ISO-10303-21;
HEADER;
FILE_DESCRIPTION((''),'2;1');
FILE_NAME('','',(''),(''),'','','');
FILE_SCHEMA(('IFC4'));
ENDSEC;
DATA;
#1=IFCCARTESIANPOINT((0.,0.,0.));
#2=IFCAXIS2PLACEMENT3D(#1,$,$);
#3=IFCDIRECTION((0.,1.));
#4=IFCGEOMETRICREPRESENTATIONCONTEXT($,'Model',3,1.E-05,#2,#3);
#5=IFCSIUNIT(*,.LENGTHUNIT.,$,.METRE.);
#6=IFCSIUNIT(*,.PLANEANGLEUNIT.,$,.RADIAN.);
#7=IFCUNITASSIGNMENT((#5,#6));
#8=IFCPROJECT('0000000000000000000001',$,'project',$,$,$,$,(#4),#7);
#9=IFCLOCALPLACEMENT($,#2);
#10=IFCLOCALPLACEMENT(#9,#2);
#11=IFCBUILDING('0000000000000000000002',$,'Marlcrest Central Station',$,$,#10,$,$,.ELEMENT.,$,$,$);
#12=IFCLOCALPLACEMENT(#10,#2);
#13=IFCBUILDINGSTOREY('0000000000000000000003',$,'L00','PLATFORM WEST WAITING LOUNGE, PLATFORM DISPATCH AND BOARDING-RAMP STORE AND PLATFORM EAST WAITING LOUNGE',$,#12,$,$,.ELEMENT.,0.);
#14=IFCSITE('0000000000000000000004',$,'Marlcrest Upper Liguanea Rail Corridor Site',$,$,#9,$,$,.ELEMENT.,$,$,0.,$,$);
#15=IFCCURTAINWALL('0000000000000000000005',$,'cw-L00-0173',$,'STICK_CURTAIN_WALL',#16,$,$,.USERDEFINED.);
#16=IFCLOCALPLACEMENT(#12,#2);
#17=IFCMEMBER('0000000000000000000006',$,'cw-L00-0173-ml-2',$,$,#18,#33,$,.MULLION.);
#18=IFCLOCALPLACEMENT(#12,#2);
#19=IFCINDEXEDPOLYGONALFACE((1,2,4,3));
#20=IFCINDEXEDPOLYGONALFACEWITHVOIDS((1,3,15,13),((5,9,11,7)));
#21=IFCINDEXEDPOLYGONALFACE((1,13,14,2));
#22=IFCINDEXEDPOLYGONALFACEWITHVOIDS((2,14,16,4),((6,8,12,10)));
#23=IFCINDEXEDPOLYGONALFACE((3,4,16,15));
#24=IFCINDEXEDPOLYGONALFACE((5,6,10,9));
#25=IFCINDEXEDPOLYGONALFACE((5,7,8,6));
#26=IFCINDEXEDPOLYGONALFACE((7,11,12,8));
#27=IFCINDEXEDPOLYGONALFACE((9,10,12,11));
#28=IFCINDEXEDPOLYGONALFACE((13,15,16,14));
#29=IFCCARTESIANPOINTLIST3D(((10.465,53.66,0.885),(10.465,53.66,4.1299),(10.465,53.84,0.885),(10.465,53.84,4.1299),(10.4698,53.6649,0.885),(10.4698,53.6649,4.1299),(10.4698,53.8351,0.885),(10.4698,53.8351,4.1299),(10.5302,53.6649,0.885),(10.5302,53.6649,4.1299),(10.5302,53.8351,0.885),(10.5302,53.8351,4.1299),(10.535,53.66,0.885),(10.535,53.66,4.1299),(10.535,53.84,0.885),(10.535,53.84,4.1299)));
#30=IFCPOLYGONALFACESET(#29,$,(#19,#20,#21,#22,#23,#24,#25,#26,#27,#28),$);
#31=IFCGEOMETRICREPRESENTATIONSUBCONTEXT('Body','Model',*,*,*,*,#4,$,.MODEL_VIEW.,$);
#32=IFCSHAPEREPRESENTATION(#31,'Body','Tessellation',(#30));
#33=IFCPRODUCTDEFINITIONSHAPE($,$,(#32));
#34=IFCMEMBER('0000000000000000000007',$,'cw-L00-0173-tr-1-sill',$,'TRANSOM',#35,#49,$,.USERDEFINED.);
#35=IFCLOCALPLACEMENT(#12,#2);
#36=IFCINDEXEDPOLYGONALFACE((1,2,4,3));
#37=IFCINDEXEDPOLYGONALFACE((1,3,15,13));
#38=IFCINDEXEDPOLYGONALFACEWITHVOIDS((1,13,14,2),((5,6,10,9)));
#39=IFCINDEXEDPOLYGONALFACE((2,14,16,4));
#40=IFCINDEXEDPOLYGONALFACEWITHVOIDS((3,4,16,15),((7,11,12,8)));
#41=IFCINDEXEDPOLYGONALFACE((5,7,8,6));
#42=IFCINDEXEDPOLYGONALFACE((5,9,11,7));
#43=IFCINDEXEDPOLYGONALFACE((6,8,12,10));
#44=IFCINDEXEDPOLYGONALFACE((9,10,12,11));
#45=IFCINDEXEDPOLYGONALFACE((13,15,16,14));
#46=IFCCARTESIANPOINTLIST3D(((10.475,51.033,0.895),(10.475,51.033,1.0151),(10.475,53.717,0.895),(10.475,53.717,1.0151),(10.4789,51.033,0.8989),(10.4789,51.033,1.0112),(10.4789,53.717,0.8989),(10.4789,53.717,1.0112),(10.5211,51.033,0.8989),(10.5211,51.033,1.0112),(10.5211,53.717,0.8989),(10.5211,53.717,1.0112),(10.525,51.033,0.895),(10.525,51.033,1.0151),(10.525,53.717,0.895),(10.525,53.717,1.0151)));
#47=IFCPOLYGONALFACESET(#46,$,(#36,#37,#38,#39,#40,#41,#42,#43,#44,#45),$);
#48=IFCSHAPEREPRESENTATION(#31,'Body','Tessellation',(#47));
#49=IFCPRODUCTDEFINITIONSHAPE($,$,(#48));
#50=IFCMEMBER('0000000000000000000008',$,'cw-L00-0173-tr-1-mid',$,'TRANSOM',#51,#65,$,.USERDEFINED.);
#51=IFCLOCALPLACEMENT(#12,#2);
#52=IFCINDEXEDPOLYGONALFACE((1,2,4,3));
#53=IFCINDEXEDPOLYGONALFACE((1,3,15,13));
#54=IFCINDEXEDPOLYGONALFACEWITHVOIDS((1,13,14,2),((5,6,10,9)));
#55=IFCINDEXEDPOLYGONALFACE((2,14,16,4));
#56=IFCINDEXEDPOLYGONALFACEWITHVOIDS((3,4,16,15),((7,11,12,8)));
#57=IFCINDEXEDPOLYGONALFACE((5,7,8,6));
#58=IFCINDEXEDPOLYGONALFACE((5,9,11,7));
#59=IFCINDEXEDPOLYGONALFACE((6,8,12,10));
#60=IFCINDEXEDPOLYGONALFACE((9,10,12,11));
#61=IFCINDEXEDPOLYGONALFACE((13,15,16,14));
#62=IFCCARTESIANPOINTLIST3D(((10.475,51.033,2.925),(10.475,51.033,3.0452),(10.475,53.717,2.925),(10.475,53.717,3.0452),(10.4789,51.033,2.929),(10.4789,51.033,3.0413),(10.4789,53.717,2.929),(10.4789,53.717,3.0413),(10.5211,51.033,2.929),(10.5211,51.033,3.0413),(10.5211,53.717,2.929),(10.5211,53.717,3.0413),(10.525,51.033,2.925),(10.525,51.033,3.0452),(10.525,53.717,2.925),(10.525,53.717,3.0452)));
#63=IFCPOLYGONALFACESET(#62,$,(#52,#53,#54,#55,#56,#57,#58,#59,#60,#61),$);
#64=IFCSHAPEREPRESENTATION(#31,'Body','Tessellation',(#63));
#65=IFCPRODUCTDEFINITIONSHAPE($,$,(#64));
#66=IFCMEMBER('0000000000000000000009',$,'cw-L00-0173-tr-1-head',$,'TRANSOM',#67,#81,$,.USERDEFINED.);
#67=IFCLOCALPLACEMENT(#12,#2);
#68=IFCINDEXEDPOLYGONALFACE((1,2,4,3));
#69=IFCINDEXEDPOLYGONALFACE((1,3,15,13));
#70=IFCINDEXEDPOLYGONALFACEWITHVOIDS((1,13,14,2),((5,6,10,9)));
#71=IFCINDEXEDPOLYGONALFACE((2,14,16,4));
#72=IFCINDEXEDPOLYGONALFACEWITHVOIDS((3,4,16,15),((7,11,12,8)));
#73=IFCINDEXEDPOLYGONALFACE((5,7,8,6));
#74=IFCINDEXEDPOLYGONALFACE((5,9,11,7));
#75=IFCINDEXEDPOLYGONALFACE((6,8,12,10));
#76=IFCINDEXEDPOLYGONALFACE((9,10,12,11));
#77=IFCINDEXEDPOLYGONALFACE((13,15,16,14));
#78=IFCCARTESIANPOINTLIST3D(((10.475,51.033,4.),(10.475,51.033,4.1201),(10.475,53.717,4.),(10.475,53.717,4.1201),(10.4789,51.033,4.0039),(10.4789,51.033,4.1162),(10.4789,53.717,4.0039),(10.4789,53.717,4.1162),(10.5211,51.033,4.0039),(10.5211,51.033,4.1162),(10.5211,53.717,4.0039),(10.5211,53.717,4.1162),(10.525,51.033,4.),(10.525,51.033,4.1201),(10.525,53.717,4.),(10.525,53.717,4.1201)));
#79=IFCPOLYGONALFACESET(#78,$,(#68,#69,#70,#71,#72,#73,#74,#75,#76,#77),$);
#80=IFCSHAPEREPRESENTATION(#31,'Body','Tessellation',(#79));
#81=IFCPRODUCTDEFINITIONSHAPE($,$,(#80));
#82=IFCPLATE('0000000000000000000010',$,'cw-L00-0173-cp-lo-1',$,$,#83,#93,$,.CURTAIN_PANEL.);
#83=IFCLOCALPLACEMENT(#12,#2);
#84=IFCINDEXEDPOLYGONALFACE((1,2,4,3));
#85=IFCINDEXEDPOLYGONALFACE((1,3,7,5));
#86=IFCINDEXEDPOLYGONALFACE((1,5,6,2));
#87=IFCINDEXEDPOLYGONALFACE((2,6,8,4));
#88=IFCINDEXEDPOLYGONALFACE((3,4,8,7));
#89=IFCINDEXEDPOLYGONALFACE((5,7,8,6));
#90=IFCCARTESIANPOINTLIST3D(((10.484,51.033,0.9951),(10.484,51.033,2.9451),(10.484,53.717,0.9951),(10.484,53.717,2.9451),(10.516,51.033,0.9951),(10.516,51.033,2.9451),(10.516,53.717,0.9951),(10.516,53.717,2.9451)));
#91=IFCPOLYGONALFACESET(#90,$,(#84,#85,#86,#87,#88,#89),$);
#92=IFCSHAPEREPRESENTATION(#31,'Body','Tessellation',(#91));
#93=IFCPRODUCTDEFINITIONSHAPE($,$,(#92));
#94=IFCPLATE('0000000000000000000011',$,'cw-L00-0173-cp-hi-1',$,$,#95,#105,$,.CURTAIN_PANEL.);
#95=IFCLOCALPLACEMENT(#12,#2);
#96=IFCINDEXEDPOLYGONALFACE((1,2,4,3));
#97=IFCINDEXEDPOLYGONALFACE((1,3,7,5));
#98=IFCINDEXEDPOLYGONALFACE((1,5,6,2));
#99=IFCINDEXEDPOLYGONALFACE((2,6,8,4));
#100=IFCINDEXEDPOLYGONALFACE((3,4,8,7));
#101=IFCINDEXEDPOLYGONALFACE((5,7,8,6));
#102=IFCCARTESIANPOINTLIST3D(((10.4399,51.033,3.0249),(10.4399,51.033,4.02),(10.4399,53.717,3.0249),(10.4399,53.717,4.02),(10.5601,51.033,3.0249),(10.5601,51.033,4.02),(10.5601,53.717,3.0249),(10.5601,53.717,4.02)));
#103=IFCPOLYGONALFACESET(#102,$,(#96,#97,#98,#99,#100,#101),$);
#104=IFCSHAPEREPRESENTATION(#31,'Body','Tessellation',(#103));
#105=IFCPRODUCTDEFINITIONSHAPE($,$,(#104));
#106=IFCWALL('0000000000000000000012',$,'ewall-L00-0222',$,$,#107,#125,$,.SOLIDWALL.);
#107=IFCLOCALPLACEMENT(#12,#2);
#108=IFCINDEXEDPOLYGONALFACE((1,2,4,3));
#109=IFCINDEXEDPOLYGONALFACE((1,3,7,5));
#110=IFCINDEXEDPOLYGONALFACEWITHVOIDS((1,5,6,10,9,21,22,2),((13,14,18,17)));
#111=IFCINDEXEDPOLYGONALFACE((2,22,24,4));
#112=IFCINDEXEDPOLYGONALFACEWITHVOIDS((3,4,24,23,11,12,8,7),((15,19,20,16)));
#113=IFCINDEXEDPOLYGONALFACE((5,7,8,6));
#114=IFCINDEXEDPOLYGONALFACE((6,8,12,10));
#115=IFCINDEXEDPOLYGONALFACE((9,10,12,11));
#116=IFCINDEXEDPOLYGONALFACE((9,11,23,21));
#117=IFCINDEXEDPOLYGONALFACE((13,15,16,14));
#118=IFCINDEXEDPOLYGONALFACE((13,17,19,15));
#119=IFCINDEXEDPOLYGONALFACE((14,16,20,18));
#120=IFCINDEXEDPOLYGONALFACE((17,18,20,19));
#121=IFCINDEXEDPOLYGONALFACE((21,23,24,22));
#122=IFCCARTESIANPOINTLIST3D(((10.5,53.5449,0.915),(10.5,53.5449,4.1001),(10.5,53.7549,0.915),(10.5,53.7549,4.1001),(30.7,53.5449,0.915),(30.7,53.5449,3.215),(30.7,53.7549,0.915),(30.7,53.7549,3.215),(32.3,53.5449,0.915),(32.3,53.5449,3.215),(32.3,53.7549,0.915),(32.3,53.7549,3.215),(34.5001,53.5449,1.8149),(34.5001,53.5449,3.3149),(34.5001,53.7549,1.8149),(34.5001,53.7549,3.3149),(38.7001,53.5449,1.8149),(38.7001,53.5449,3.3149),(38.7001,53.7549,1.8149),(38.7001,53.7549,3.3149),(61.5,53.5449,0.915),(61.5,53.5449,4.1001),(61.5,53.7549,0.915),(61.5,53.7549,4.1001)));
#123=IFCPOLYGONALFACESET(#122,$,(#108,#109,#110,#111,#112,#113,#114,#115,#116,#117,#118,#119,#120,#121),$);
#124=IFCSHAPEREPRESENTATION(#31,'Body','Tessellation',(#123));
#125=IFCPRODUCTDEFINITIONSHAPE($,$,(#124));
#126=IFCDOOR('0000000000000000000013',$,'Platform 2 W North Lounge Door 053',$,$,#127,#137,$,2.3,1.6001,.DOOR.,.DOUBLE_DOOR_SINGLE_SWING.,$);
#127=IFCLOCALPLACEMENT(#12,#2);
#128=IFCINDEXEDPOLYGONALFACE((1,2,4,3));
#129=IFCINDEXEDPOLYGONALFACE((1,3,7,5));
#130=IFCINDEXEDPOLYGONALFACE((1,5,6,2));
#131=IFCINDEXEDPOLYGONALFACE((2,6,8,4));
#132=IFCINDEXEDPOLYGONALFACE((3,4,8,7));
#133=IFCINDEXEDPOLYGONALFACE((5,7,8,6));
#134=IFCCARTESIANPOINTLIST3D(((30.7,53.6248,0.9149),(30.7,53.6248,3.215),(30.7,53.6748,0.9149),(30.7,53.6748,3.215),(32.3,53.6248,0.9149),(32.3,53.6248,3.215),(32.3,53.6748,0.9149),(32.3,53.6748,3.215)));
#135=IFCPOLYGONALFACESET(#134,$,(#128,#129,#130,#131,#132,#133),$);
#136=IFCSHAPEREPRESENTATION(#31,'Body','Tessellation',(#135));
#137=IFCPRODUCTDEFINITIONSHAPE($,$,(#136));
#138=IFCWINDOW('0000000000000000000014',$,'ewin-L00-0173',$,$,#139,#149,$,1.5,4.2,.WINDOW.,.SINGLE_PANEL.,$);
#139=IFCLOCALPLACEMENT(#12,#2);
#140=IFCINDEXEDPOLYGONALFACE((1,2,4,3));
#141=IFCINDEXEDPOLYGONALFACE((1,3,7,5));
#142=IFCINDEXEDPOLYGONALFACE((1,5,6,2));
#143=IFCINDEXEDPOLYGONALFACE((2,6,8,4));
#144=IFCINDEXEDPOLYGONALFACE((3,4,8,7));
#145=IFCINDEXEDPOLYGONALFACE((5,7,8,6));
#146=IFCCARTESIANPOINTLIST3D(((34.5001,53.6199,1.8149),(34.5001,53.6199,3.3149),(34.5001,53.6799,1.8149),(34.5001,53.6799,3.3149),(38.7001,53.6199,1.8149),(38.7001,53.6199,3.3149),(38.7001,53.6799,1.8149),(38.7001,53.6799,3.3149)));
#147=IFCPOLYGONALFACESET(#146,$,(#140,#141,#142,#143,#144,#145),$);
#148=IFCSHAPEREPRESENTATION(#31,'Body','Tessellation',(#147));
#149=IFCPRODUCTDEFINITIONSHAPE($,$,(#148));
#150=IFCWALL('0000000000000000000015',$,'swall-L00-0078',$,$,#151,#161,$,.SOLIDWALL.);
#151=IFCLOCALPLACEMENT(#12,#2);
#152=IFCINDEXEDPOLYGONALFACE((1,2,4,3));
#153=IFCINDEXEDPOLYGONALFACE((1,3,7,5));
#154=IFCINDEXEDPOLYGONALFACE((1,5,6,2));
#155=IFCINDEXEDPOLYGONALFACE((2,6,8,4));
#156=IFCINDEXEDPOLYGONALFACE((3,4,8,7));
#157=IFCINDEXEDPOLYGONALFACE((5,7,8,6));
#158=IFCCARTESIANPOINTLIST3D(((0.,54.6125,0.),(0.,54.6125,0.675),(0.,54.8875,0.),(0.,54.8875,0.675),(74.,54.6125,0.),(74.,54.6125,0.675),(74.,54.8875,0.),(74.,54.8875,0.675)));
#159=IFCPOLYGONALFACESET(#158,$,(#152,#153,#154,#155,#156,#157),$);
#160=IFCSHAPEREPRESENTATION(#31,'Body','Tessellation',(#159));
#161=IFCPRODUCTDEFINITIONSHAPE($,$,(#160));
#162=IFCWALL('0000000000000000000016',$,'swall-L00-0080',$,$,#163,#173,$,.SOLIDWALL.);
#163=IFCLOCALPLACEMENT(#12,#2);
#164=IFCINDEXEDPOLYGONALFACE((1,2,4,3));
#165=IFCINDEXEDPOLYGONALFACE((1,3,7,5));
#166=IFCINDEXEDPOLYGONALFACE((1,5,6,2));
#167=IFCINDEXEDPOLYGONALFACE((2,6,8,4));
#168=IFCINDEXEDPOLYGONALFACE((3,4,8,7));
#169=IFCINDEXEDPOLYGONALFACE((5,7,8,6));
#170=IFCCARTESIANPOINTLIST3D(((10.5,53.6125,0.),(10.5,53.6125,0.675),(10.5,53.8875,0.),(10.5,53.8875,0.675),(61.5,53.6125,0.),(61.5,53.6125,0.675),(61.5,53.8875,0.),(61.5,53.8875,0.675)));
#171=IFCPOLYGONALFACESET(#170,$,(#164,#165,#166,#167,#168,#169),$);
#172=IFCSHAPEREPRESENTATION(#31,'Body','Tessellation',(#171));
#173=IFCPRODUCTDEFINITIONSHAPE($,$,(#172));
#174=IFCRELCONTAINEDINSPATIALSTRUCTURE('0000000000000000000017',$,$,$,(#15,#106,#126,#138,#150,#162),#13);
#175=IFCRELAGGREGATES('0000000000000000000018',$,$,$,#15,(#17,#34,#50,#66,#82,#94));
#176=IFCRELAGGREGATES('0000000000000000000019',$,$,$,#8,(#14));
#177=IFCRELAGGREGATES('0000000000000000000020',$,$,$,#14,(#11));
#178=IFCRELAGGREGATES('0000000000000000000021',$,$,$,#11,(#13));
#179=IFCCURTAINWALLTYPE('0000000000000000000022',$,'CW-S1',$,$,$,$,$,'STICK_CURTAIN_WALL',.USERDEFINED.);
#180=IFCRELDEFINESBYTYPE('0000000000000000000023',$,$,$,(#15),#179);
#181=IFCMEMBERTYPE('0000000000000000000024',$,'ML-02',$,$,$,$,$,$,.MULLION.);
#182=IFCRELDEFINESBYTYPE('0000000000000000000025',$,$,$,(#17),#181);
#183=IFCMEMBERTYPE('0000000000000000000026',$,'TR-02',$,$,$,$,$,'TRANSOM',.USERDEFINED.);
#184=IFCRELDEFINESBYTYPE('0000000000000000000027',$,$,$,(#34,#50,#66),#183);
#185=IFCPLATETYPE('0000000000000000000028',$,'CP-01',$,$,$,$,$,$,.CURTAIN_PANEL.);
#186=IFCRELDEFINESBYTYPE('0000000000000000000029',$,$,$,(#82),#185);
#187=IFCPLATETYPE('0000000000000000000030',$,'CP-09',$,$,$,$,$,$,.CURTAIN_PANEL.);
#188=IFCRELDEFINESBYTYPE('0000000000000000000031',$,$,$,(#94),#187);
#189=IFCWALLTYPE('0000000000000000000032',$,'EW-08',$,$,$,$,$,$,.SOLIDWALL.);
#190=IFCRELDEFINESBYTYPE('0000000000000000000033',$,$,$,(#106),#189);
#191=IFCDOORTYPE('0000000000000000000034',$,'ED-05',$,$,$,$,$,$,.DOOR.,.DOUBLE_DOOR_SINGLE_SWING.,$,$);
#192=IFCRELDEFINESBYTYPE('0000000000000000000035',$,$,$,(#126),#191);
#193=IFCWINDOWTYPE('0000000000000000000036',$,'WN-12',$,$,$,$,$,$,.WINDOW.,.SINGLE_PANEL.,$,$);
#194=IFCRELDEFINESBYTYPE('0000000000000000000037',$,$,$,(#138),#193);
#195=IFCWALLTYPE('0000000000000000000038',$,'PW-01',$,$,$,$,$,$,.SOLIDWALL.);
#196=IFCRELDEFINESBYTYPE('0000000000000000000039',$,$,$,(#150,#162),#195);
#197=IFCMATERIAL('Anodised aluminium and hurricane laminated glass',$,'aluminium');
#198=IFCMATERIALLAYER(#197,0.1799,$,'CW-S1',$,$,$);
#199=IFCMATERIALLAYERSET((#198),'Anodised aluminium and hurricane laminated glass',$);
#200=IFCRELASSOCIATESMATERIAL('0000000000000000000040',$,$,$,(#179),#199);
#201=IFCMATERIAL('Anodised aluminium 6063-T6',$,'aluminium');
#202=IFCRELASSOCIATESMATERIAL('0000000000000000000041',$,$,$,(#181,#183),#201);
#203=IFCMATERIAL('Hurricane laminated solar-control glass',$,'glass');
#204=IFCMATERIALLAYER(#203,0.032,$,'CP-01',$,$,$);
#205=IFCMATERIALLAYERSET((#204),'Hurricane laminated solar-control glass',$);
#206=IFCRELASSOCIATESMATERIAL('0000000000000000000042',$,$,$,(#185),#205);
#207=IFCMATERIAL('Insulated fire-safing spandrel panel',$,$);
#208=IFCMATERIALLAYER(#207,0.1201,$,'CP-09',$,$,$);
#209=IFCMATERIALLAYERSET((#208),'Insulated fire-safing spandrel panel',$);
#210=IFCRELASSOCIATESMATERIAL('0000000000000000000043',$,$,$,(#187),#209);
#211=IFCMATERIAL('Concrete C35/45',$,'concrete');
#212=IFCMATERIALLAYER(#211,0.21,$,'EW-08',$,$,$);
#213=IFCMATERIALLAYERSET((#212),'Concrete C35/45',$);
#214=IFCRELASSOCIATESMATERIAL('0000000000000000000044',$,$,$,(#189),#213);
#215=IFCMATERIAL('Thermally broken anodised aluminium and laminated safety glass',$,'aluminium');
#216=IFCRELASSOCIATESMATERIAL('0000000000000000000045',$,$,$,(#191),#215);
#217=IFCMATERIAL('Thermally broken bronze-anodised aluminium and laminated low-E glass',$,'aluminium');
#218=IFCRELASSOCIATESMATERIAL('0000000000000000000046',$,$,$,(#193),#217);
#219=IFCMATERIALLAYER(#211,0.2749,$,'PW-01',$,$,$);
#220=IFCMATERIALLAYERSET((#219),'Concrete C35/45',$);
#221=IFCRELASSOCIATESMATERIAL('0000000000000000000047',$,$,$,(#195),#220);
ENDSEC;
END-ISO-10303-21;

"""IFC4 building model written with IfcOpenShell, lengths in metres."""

from ifc_helpers import new_model, si_unit, direction, frame, frame_2d, origin, origin_2d, place, context, subcontext, project, spatial, rectangle, hollow_rectangle, extrude, material, layer, layer_set, material_profile, profile_set, type_object, element, fill, aggregate, save


model = new_model("IFC4")

# Units and contexts
model_context = context("Model", 3, precision=1e-05, world=origin(), true_north=direction((0.0, 1.0)))
body_context = subcontext(model_context, "Body", "Model", "MODEL_VIEW")
ifc_project = project(units=[si_unit("LENGTHUNIT", "METRE"), si_unit("PLANEANGLEUNIT", "RADIAN")], contexts=[model_context])

# Site, building, storey
site_placement = place(None, origin())
site = spatial("IfcSite", under=ifc_project, at=site_placement, Name="Marlcrest Upper Liguanea Rail Corridor Site", CompositionType="ELEMENT", RefElevation=0.0)
building_placement = place(site_placement, origin())
building = spatial("IfcBuilding", under=site, at=building_placement, Name="Marlcrest Central Station", CompositionType="ELEMENT")
storey_placement = place(building_placement, origin())
storey = spatial("IfcBuildingStorey", under=building, at=storey_placement, Name="L00", Description="PLATFORM WEST WAITING LOUNGE, PLATFORM DISPATCH AND BOARDING-RAMP STORE AND PLATFORM EAST WAITING LOUNGE", CompositionType="ELEMENT", Elevation=0.0)

# Shared definitions
ifc_material_1 = material(Name="Concrete C35/45", Category="concrete")

# Curtain wall, members, plates
ifc_material_2 = material(Name="Anodised aluminium and hurricane laminated glass", Category="aluminium")
ifc_layer_1 = layer(ifc_material_2, 0.1799, Name="CW-S1")
ifc_layer_set_1 = layer_set([ifc_layer_1], Name="Anodised aluminium and hurricane laminated glass")
curtain_wall_type = type_object("IfcCurtainWallType", Name="CW-S1", ElementType="STICK_CURTAIN_WALL", PredefinedType="USERDEFINED", material=ifc_layer_set_1)
curtain_wall_placement = place(storey_placement, origin())
curtain_wall = element("IfcCurtainWall", 1, at=curtain_wall_placement, inside=storey, type_object=curtain_wall_type, Name="cw-L00-0173", ObjectType="STICK_CURTAIN_WALL", PredefinedType="USERDEFINED")
ifc_material_3 = material(Name="Anodised aluminium 6063-T6", Category="aluminium")
ifc_material_profile_1 = material_profile(ifc_material_3, hollow_rectangle(XDim=0.0701, YDim=0.1799, WallThickness=0.0049, at=origin_2d()), Name="AA-RHS 180x70x5")
ifc_profile_set_1 = profile_set([ifc_material_profile_1], Name="Anodised aluminium 6063-T6")
member_type_1 = type_object("IfcMemberType", Name="ML-02", PredefinedType="MULLION", material=ifc_profile_set_1)
member_1_placement = place(storey_placement, frame((10.5, 53.75, 0.885), z_axis=(0.0, 0.0, 1.0), x_axis=(1.0, 0.0, 0.0)))
member_1 = element("IfcMember", 2, at=member_1_placement, type_object=member_type_1, Name="cw-L00-0173-ml-2", PredefinedType="MULLION", context=body_context, shape_type="SweptSolid", body=[
    extrude(hollow_rectangle(XDim=0.0701, YDim=0.1799, WallThickness=0.0049, at=origin_2d()), origin(), (0.0, 0.0, 1.0), 3.2449),
])
ifc_material_profile_2 = material_profile(ifc_material_3, hollow_rectangle(XDim=0.05, YDim=0.1201, WallThickness=0.0039, at=origin_2d()), Name="AA-RHS 120x50x4")
ifc_profile_set_2 = profile_set([ifc_material_profile_2], Name="Anodised aluminium 6063-T6")
member_type_2 = type_object("IfcMemberType", Name="TR-02", ElementType="TRANSOM", PredefinedType="USERDEFINED", material=ifc_profile_set_2)
member_2_placement = place(storey_placement, frame((10.5, 51.033, 0.9551), z_axis=(0.0, 1.0, 0.0), x_axis=(-1.0, 0.0, 0.0)))
member_2 = element("IfcMember", 3, at=member_2_placement, type_object=member_type_2, Name="cw-L00-0173-tr-1-sill", ObjectType="TRANSOM", PredefinedType="USERDEFINED", context=body_context, shape_type="SweptSolid", body=[
    extrude(hollow_rectangle(XDim=0.05, YDim=0.1201, WallThickness=0.0039, at=origin_2d()), origin(), (0.0, 0.0, 1.0), 2.6841),
])
member_3_placement = place(storey_placement, frame((10.5, 51.033, 2.9851), z_axis=(0.0, 1.0, 0.0), x_axis=(-1.0, 0.0, 0.0)))
member_3 = element("IfcMember", 4, at=member_3_placement, type_object=member_type_2, Name="cw-L00-0173-tr-1-mid", ObjectType="TRANSOM", PredefinedType="USERDEFINED", context=body_context, shape_type="SweptSolid", body=[
    extrude(hollow_rectangle(XDim=0.05, YDim=0.1201, WallThickness=0.0039, at=origin_2d()), origin(), (0.0, 0.0, 1.0), 2.6841),
])
member_4_placement = place(storey_placement, frame((10.5, 51.033, 4.0601), z_axis=(0.0, 1.0, 0.0), x_axis=(-1.0, 0.0, 0.0)))
member_4 = element("IfcMember", 5, at=member_4_placement, type_object=member_type_2, Name="cw-L00-0173-tr-1-head", ObjectType="TRANSOM", PredefinedType="USERDEFINED", context=body_context, shape_type="SweptSolid", body=[
    extrude(hollow_rectangle(XDim=0.05, YDim=0.1201, WallThickness=0.0039, at=origin_2d()), origin(), (0.0, 0.0, 1.0), 2.6841),
])
ifc_material_4 = material(Name="Hurricane laminated solar-control glass", Category="glass")
ifc_layer_2 = layer(ifc_material_4, 0.032, Name="CP-01")
ifc_layer_set_2 = layer_set([ifc_layer_2], Name="Hurricane laminated solar-control glass")
plate_type_1 = type_object("IfcPlateType", Name="CP-01", PredefinedType="CURTAIN_PANEL", material=ifc_layer_set_2)
plate_1_placement = place(storey_placement, frame((10.5, 52.375, 0.9951), z_axis=(0.0, 0.0, 1.0), x_axis=(0.0, 1.0, 0.0)))
plate_1 = element("IfcPlate", 6, at=plate_1_placement, type_object=plate_type_1, Name="cw-L00-0173-cp-lo-1", PredefinedType="CURTAIN_PANEL", context=body_context, shape_type="SweptSolid", body=[
    extrude(rectangle(XDim=2.6841, YDim=0.032, at=origin_2d()), origin(), (0.0, 0.0, 1.0), 1.95),
])
ifc_material_5 = material(Name="Insulated fire-safing spandrel panel")
ifc_layer_3 = layer(ifc_material_5, 0.1201, Name="CP-09")
ifc_layer_set_3 = layer_set([ifc_layer_3], Name="Insulated fire-safing spandrel panel")
plate_type_2 = type_object("IfcPlateType", Name="CP-09", PredefinedType="CURTAIN_PANEL", material=ifc_layer_set_3)
plate_2_placement = place(storey_placement, frame((10.5, 52.375, 3.0249), z_axis=(0.0, 0.0, 1.0), x_axis=(0.0, 1.0, 0.0)))
plate_2 = element("IfcPlate", 7, at=plate_2_placement, type_object=plate_type_2, Name="cw-L00-0173-cp-hi-1", PredefinedType="CURTAIN_PANEL", context=body_context, shape_type="SweptSolid", body=[
    extrude(rectangle(XDim=2.6841, YDim=0.1201, at=origin_2d()), origin(), (0.0, 0.0, 1.0), 0.9951),
])
aggregate(curtain_wall, [member_1, member_2, member_3, member_4, plate_1, plate_2])

# Wall, openings, door, window
ifc_layer_4 = layer(ifc_material_1, 0.21, Name="EW-08")
ifc_layer_set_4 = layer_set([ifc_layer_4], Name="Concrete C35/45")
wall_type_1 = type_object("IfcWallType", Name="EW-08", PredefinedType="SOLIDWALL", material=ifc_layer_set_4)
wall_1_placement = place(storey_placement, frame((10.5, 53.6499, 0.915), z_axis=(0.0, 0.0, 1.0), x_axis=(1.0, 0.0, 0.0)))
wall_1 = element("IfcWall", 8, at=wall_1_placement, inside=storey, type_object=wall_type_1, Name="ewall-L00-0222", PredefinedType="SOLIDWALL", context=body_context, shape_type="SweptSolid", body=[
    extrude(rectangle(XDim=51.0, YDim=0.21, at=frame_2d((25.5, 0.0))), origin(), (0.0, 0.0, 1.0), 3.1851),
])
opening_1_placement = place(wall_1_placement, frame((20.2, 0.0, 0.0)))
opening_1 = element("IfcOpeningElement", 9, at=opening_1_placement, cuts=wall_1, PredefinedType="OPENING", context=body_context, shape_type="SweptSolid", body=[
    extrude(rectangle(XDim=1.6001, YDim=2.3, at=frame_2d((0.8, 1.1499))), frame((0.0, 0.115, 0.0), z_axis=(0.0, -1.0, 0.0), x_axis=(1.0, 0.0, 0.0)), (0.0, 0.0, 1.0), 0.23),
])
opening_2_placement = place(wall_1_placement, frame((24.0, 0.0, 0.8999)))
opening_2 = element("IfcOpeningElement", 10, at=opening_2_placement, cuts=wall_1, PredefinedType="OPENING", context=body_context, shape_type="SweptSolid", body=[
    extrude(rectangle(XDim=4.2, YDim=1.5, at=frame_2d((2.1001, 0.75))), frame((0.0, 0.115, 0.0), z_axis=(0.0, -1.0, 0.0), x_axis=(1.0, 0.0, 0.0)), (0.0, 0.0, 1.0), 0.23),
])
ifc_material_6 = material(Name="Thermally broken anodised aluminium and laminated safety glass", Category="aluminium")
door_type = type_object("IfcDoorType", Name="ED-05", OperationType="DOUBLE_DOOR_SINGLE_SWING", PredefinedType="DOOR", material=ifc_material_6)
door_placement = place(opening_1_placement, origin())
door = element("IfcDoor", 11, at=door_placement, inside=storey, type_object=door_type, Name="Platform 2 W North Lounge Door 053", OperationType="DOUBLE_DOOR_SINGLE_SWING", OverallHeight=2.3, OverallWidth=1.6001, PredefinedType="DOOR", context=body_context, shape_type="SweptSolid", body=[
    extrude(rectangle(XDim=1.6001, YDim=2.3, at=frame_2d((0.8, 1.1499))), frame((0.0, 0.0249, 0.0), z_axis=(0.0, -1.0, 0.0), x_axis=(1.0, 0.0, 0.0)), (0.0, 0.0, 1.0), 0.05),
])
fill(opening_1, door)
ifc_material_7 = material(Name="Thermally broken bronze-anodised aluminium and laminated low-E glass", Category="aluminium")
window_type = type_object("IfcWindowType", Name="WN-12", PartitioningType="SINGLE_PANEL", PredefinedType="WINDOW", material=ifc_material_7)
window_placement = place(opening_2_placement, origin())
window = element("IfcWindow", 12, at=window_placement, inside=storey, type_object=window_type, Name="ewin-L00-0173", OverallHeight=1.5, OverallWidth=4.2, PartitioningType="SINGLE_PANEL", PredefinedType="WINDOW", context=body_context, shape_type="SweptSolid", body=[
    extrude(rectangle(XDim=4.2, YDim=1.5, at=frame_2d((2.1001, 0.75))), frame((0.0, 0.03, 0.0), z_axis=(0.0, -1.0, 0.0), x_axis=(1.0, 0.0, 0.0)), (0.0, 0.0, 1.0), 0.0601),
])
fill(opening_2, window)

# Walls
ifc_layer_5 = layer(ifc_material_1, 0.2749, Name="PW-01")
ifc_layer_set_5 = layer_set([ifc_layer_5], Name="Concrete C35/45")
wall_type_2 = type_object("IfcWallType", Name="PW-01", PredefinedType="SOLIDWALL", material=ifc_layer_set_5)
wall_2_placement = place(storey_placement, frame((0.0, 54.75, 0.0), z_axis=(0.0, 0.0, 1.0), x_axis=(1.0, 0.0, 0.0)))
element("IfcWall", 13, at=wall_2_placement, inside=storey, type_object=wall_type_2, Name="swall-L00-0078", PredefinedType="SOLIDWALL", context=body_context, shape_type="SweptSolid", body=[
    extrude(rectangle(XDim=74.0, YDim=0.2749, at=frame_2d((37.0, 0.0))), origin(), (0.0, 0.0, 1.0), 0.675),
])
wall_3_placement = place(storey_placement, frame((10.5, 53.75, 0.0), z_axis=(0.0, 0.0, 1.0), x_axis=(1.0, 0.0, 0.0)))
element("IfcWall", 14, at=wall_3_placement, inside=storey, type_object=wall_type_2, Name="swall-L00-0080", PredefinedType="SOLIDWALL", context=body_context, shape_type="SweptSolid", body=[
    extrude(rectangle(XDim=51.0, YDim=0.2749, at=frame_2d((25.5, 0.0))), origin(), (0.0, 0.0, 1.0), 0.675),
])

save(model, "model.ifc")
